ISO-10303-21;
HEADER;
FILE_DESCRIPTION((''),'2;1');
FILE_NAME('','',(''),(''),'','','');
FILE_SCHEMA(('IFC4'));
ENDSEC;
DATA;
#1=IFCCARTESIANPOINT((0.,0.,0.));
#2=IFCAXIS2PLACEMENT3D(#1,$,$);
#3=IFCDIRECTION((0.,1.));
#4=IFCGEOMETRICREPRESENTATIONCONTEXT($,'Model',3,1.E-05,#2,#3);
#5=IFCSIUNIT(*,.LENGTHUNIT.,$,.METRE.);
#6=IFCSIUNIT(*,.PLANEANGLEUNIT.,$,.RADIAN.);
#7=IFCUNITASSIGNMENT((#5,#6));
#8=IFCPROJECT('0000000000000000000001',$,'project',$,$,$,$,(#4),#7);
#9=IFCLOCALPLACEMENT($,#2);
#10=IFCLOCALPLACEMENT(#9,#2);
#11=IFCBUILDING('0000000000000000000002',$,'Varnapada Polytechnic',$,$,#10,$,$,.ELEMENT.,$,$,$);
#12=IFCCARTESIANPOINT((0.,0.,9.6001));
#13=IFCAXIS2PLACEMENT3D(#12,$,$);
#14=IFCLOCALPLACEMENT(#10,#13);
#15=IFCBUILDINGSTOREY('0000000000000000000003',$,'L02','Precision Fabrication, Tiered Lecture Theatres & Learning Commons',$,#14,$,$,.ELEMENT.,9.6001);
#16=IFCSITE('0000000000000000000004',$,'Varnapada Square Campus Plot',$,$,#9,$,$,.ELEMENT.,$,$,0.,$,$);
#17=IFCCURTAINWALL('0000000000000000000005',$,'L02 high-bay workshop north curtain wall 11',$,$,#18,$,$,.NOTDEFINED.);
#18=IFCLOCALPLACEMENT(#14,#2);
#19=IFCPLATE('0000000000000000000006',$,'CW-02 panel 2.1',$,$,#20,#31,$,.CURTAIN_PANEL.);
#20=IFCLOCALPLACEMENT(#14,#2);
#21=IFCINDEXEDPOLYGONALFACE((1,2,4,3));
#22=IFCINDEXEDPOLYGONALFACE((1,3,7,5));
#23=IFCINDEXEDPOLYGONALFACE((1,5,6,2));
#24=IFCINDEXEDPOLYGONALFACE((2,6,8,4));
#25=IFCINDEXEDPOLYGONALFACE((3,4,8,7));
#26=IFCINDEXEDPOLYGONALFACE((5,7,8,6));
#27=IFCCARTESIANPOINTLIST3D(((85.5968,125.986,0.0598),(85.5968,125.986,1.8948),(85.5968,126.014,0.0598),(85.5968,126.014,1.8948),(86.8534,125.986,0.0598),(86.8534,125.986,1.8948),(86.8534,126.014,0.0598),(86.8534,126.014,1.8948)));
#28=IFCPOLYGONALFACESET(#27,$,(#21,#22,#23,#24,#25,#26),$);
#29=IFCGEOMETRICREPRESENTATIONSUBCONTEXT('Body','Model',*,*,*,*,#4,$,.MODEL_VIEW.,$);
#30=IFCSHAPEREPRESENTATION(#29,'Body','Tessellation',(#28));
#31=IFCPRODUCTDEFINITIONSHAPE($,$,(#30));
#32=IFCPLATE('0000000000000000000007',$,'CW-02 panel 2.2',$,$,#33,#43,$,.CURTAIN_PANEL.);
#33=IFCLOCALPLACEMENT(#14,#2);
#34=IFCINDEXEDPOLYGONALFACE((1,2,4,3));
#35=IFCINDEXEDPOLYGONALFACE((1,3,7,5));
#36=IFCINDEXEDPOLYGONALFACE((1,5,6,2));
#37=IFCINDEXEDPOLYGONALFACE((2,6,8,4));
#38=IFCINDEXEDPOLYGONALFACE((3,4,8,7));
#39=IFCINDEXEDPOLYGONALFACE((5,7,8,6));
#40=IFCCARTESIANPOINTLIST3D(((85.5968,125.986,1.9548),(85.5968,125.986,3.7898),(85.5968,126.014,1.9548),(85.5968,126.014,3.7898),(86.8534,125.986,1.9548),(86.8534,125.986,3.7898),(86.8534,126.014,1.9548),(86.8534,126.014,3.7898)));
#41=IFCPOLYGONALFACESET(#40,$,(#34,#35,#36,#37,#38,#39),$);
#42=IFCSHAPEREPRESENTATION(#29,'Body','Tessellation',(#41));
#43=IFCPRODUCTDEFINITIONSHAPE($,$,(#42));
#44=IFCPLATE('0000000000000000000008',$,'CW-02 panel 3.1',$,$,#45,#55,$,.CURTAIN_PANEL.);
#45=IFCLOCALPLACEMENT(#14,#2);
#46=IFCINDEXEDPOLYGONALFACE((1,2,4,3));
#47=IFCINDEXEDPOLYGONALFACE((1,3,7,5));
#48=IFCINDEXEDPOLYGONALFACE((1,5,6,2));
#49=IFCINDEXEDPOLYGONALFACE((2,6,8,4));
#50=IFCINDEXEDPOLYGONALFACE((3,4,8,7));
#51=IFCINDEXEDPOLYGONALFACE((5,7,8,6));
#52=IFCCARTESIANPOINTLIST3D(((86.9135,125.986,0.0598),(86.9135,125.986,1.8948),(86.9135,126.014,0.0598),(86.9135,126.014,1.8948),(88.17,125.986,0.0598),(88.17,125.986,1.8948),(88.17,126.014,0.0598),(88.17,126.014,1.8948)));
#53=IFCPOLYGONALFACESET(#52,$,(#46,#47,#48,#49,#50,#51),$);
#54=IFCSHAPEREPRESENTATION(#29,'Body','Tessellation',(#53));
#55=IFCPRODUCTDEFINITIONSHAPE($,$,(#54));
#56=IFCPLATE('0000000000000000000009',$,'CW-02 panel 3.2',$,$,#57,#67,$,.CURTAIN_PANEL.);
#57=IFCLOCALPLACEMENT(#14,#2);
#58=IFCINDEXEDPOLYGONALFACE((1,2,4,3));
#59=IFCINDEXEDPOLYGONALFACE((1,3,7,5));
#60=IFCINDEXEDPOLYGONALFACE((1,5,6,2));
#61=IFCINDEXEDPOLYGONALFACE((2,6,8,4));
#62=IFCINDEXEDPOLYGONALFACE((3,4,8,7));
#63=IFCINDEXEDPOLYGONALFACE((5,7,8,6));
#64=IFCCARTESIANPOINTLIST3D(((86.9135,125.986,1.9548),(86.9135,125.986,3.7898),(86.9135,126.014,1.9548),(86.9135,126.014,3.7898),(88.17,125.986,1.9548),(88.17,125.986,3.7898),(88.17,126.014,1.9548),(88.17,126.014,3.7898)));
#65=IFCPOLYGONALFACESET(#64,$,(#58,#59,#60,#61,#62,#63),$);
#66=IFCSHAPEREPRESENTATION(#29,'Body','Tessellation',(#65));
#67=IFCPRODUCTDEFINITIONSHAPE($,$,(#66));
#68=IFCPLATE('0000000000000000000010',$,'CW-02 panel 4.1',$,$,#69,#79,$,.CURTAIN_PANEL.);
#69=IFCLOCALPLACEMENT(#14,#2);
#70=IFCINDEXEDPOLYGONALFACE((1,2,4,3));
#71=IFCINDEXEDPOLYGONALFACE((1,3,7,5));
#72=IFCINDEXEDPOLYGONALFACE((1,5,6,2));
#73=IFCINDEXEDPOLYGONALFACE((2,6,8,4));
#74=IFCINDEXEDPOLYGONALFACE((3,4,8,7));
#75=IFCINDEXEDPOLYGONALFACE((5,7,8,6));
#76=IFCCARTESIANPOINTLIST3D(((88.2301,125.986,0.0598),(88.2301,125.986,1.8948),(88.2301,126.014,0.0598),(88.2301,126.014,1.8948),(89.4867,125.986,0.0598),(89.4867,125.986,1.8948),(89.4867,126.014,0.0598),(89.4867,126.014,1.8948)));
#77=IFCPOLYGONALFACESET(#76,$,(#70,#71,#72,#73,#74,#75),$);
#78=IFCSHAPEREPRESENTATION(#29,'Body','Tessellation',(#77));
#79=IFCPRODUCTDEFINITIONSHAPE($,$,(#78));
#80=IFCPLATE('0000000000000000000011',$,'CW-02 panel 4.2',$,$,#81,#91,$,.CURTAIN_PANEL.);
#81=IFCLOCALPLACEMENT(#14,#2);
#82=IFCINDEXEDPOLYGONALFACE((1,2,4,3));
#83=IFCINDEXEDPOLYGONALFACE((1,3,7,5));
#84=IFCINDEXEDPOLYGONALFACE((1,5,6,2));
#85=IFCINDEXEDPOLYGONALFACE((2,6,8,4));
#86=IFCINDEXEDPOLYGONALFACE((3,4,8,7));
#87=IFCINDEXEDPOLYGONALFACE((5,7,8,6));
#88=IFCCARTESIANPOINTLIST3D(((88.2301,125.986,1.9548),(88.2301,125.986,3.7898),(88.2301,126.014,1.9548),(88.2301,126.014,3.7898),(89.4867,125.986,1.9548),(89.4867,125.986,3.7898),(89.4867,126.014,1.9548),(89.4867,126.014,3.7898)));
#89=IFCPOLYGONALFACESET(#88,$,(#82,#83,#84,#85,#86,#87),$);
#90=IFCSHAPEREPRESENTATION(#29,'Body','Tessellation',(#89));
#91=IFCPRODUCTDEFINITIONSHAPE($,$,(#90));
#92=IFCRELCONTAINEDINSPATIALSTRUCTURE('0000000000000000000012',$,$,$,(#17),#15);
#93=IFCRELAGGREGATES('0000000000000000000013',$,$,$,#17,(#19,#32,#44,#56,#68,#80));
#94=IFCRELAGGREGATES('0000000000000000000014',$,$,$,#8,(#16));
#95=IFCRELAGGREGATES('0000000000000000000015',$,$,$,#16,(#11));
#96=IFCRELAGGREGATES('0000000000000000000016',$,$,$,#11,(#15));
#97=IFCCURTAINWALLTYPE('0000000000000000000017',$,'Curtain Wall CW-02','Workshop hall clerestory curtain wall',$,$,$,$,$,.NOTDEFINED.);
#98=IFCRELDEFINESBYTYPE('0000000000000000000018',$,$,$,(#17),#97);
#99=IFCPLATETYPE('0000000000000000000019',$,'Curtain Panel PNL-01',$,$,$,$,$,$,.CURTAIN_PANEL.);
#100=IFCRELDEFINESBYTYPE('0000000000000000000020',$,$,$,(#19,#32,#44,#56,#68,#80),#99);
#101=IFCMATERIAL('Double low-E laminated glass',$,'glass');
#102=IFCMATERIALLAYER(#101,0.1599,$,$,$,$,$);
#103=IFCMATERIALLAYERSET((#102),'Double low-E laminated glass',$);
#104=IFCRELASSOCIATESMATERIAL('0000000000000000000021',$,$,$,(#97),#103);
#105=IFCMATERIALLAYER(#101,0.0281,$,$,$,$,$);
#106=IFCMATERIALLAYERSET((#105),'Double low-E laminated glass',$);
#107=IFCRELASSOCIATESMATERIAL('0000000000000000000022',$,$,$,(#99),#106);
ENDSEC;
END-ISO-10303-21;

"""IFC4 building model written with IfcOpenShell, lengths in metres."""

from ifc_helpers import new_model, si_unit, direction, frame, origin, origin_2d, place, context, subcontext, project, spatial, rectangle, extrude, material, layer, layer_set, type_object, element, aggregate, save


model = new_model("IFC4")

# Units and contexts
model_context = context("Model", 3, precision=1e-05, world=origin(), true_north=direction((0.0, 1.0)))
body_context = subcontext(model_context, "Body", "Model", "MODEL_VIEW")
ifc_project = project(units=[si_unit("LENGTHUNIT", "METRE"), si_unit("PLANEANGLEUNIT", "RADIAN")], contexts=[model_context])

# Site, building, storey
site_placement = place(None, origin())
site = spatial("IfcSite", under=ifc_project, at=site_placement, Name="Varnapada Square Campus Plot", CompositionType="ELEMENT", RefElevation=0.0)
building_placement = place(site_placement, origin())
building = spatial("IfcBuilding", under=site, at=building_placement, Name="Varnapada Polytechnic", CompositionType="ELEMENT")
storey_placement = place(building_placement, frame((0.0, 0.0, 9.6001)))
storey = spatial("IfcBuildingStorey", under=building, at=storey_placement, Name="L02", Description="Precision Fabrication, Tiered Lecture Theatres & Learning Commons", CompositionType="ELEMENT", Elevation=9.6001)

# Curtain wall, plates
ifc_material_1 = material(Name="Double low-E laminated glass", Category="glass")
ifc_layer_1 = layer(ifc_material_1, 0.1599)
ifc_layer_set_1 = layer_set([ifc_layer_1], Name="Double low-E laminated glass")
curtain_wall_type = type_object("IfcCurtainWallType", Name="Curtain Wall CW-02", Description="Workshop hall clerestory curtain wall", PredefinedType="NOTDEFINED", material=ifc_layer_set_1)
curtain_wall_placement = place(storey_placement, origin())
curtain_wall = element("IfcCurtainWall", 1, at=curtain_wall_placement, inside=storey, type_object=curtain_wall_type, Name="L02 high-bay workshop north curtain wall 11", PredefinedType="NOTDEFINED")
ifc_layer_2 = layer(ifc_material_1, 0.0281)
ifc_layer_set_2 = layer_set([ifc_layer_2], Name="Double low-E laminated glass")
plate_type = type_object("IfcPlateType", Name="Curtain Panel PNL-01", PredefinedType="CURTAIN_PANEL", material=ifc_layer_set_2)
plate_1_placement = place(storey_placement, frame((86.2251, 126.0, 0.0598), z_axis=(0.0, 0.0, 1.0), x_axis=(1.0, 0.0, 0.0)))
plate_1 = element("IfcPlate", 2, at=plate_1_placement, type_object=plate_type, Name="CW-02 panel 2.1", PredefinedType="CURTAIN_PANEL", context=body_context, shape_type="SweptSolid", body=[
    extrude(rectangle(XDim=1.2566, YDim=0.0281, at=origin_2d()), origin(), (0.0, 0.0, 1.0), 1.835),
])
plate_2_placement = place(storey_placement, frame((86.2251, 126.0, 1.9548), z_axis=(0.0, 0.0, 1.0), x_axis=(1.0, 0.0, 0.0)))
plate_2 = element("IfcPlate", 3, at=plate_2_placement, type_object=plate_type, Name="CW-02 panel 2.2", PredefinedType="CURTAIN_PANEL", context=body_context, shape_type="SweptSolid", body=[
    extrude(rectangle(XDim=1.2566, YDim=0.0281, at=origin_2d()), origin(), (0.0, 0.0, 1.0), 1.835),
])
plate_3_placement = place(storey_placement, frame((87.5417, 126.0, 0.0598), z_axis=(0.0, 0.0, 1.0), x_axis=(1.0, 0.0, 0.0)))
plate_3 = element("IfcPlate", 4, at=plate_3_placement, type_object=plate_type, Name="CW-02 panel 3.1", PredefinedType="CURTAIN_PANEL", context=body_context, shape_type="SweptSolid", body=[
    extrude(rectangle(XDim=1.2566, YDim=0.0281, at=origin_2d()), origin(), (0.0, 0.0, 1.0), 1.835),
])
plate_4_placement = place(storey_placement, frame((87.5417, 126.0, 1.9548), z_axis=(0.0, 0.0, 1.0), x_axis=(1.0, 0.0, 0.0)))
plate_4 = element("IfcPlate", 5, at=plate_4_placement, type_object=plate_type, Name="CW-02 panel 3.2", PredefinedType="CURTAIN_PANEL", context=body_context, shape_type="SweptSolid", body=[
    extrude(rectangle(XDim=1.2566, YDim=0.0281, at=origin_2d()), origin(), (0.0, 0.0, 1.0), 1.835),
])
plate_5_placement = place(storey_placement, frame((88.8584, 126.0, 0.0598), z_axis=(0.0, 0.0, 1.0), x_axis=(1.0, 0.0, 0.0)))
plate_5 = element("IfcPlate", 6, at=plate_5_placement, type_object=plate_type, Name="CW-02 panel 4.1", PredefinedType="CURTAIN_PANEL", context=body_context, shape_type="SweptSolid", body=[
    extrude(rectangle(XDim=1.2566, YDim=0.0281, at=origin_2d()), origin(), (0.0, 0.0, 1.0), 1.835),
])
plate_6_placement = place(storey_placement, frame((88.8584, 126.0, 1.9548), z_axis=(0.0, 0.0, 1.0), x_axis=(1.0, 0.0, 0.0)))
plate_6 = element("IfcPlate", 7, at=plate_6_placement, type_object=plate_type, Name="CW-02 panel 4.2", PredefinedType="CURTAIN_PANEL", context=body_context, shape_type="SweptSolid", body=[
    extrude(rectangle(XDim=1.2566, YDim=0.0281, at=origin_2d()), origin(), (0.0, 0.0, 1.0), 1.835),
])
aggregate(curtain_wall, [plate_1, plate_2, plate_3, plate_4, plate_5, plate_6])

save(model, "model.ifc")
